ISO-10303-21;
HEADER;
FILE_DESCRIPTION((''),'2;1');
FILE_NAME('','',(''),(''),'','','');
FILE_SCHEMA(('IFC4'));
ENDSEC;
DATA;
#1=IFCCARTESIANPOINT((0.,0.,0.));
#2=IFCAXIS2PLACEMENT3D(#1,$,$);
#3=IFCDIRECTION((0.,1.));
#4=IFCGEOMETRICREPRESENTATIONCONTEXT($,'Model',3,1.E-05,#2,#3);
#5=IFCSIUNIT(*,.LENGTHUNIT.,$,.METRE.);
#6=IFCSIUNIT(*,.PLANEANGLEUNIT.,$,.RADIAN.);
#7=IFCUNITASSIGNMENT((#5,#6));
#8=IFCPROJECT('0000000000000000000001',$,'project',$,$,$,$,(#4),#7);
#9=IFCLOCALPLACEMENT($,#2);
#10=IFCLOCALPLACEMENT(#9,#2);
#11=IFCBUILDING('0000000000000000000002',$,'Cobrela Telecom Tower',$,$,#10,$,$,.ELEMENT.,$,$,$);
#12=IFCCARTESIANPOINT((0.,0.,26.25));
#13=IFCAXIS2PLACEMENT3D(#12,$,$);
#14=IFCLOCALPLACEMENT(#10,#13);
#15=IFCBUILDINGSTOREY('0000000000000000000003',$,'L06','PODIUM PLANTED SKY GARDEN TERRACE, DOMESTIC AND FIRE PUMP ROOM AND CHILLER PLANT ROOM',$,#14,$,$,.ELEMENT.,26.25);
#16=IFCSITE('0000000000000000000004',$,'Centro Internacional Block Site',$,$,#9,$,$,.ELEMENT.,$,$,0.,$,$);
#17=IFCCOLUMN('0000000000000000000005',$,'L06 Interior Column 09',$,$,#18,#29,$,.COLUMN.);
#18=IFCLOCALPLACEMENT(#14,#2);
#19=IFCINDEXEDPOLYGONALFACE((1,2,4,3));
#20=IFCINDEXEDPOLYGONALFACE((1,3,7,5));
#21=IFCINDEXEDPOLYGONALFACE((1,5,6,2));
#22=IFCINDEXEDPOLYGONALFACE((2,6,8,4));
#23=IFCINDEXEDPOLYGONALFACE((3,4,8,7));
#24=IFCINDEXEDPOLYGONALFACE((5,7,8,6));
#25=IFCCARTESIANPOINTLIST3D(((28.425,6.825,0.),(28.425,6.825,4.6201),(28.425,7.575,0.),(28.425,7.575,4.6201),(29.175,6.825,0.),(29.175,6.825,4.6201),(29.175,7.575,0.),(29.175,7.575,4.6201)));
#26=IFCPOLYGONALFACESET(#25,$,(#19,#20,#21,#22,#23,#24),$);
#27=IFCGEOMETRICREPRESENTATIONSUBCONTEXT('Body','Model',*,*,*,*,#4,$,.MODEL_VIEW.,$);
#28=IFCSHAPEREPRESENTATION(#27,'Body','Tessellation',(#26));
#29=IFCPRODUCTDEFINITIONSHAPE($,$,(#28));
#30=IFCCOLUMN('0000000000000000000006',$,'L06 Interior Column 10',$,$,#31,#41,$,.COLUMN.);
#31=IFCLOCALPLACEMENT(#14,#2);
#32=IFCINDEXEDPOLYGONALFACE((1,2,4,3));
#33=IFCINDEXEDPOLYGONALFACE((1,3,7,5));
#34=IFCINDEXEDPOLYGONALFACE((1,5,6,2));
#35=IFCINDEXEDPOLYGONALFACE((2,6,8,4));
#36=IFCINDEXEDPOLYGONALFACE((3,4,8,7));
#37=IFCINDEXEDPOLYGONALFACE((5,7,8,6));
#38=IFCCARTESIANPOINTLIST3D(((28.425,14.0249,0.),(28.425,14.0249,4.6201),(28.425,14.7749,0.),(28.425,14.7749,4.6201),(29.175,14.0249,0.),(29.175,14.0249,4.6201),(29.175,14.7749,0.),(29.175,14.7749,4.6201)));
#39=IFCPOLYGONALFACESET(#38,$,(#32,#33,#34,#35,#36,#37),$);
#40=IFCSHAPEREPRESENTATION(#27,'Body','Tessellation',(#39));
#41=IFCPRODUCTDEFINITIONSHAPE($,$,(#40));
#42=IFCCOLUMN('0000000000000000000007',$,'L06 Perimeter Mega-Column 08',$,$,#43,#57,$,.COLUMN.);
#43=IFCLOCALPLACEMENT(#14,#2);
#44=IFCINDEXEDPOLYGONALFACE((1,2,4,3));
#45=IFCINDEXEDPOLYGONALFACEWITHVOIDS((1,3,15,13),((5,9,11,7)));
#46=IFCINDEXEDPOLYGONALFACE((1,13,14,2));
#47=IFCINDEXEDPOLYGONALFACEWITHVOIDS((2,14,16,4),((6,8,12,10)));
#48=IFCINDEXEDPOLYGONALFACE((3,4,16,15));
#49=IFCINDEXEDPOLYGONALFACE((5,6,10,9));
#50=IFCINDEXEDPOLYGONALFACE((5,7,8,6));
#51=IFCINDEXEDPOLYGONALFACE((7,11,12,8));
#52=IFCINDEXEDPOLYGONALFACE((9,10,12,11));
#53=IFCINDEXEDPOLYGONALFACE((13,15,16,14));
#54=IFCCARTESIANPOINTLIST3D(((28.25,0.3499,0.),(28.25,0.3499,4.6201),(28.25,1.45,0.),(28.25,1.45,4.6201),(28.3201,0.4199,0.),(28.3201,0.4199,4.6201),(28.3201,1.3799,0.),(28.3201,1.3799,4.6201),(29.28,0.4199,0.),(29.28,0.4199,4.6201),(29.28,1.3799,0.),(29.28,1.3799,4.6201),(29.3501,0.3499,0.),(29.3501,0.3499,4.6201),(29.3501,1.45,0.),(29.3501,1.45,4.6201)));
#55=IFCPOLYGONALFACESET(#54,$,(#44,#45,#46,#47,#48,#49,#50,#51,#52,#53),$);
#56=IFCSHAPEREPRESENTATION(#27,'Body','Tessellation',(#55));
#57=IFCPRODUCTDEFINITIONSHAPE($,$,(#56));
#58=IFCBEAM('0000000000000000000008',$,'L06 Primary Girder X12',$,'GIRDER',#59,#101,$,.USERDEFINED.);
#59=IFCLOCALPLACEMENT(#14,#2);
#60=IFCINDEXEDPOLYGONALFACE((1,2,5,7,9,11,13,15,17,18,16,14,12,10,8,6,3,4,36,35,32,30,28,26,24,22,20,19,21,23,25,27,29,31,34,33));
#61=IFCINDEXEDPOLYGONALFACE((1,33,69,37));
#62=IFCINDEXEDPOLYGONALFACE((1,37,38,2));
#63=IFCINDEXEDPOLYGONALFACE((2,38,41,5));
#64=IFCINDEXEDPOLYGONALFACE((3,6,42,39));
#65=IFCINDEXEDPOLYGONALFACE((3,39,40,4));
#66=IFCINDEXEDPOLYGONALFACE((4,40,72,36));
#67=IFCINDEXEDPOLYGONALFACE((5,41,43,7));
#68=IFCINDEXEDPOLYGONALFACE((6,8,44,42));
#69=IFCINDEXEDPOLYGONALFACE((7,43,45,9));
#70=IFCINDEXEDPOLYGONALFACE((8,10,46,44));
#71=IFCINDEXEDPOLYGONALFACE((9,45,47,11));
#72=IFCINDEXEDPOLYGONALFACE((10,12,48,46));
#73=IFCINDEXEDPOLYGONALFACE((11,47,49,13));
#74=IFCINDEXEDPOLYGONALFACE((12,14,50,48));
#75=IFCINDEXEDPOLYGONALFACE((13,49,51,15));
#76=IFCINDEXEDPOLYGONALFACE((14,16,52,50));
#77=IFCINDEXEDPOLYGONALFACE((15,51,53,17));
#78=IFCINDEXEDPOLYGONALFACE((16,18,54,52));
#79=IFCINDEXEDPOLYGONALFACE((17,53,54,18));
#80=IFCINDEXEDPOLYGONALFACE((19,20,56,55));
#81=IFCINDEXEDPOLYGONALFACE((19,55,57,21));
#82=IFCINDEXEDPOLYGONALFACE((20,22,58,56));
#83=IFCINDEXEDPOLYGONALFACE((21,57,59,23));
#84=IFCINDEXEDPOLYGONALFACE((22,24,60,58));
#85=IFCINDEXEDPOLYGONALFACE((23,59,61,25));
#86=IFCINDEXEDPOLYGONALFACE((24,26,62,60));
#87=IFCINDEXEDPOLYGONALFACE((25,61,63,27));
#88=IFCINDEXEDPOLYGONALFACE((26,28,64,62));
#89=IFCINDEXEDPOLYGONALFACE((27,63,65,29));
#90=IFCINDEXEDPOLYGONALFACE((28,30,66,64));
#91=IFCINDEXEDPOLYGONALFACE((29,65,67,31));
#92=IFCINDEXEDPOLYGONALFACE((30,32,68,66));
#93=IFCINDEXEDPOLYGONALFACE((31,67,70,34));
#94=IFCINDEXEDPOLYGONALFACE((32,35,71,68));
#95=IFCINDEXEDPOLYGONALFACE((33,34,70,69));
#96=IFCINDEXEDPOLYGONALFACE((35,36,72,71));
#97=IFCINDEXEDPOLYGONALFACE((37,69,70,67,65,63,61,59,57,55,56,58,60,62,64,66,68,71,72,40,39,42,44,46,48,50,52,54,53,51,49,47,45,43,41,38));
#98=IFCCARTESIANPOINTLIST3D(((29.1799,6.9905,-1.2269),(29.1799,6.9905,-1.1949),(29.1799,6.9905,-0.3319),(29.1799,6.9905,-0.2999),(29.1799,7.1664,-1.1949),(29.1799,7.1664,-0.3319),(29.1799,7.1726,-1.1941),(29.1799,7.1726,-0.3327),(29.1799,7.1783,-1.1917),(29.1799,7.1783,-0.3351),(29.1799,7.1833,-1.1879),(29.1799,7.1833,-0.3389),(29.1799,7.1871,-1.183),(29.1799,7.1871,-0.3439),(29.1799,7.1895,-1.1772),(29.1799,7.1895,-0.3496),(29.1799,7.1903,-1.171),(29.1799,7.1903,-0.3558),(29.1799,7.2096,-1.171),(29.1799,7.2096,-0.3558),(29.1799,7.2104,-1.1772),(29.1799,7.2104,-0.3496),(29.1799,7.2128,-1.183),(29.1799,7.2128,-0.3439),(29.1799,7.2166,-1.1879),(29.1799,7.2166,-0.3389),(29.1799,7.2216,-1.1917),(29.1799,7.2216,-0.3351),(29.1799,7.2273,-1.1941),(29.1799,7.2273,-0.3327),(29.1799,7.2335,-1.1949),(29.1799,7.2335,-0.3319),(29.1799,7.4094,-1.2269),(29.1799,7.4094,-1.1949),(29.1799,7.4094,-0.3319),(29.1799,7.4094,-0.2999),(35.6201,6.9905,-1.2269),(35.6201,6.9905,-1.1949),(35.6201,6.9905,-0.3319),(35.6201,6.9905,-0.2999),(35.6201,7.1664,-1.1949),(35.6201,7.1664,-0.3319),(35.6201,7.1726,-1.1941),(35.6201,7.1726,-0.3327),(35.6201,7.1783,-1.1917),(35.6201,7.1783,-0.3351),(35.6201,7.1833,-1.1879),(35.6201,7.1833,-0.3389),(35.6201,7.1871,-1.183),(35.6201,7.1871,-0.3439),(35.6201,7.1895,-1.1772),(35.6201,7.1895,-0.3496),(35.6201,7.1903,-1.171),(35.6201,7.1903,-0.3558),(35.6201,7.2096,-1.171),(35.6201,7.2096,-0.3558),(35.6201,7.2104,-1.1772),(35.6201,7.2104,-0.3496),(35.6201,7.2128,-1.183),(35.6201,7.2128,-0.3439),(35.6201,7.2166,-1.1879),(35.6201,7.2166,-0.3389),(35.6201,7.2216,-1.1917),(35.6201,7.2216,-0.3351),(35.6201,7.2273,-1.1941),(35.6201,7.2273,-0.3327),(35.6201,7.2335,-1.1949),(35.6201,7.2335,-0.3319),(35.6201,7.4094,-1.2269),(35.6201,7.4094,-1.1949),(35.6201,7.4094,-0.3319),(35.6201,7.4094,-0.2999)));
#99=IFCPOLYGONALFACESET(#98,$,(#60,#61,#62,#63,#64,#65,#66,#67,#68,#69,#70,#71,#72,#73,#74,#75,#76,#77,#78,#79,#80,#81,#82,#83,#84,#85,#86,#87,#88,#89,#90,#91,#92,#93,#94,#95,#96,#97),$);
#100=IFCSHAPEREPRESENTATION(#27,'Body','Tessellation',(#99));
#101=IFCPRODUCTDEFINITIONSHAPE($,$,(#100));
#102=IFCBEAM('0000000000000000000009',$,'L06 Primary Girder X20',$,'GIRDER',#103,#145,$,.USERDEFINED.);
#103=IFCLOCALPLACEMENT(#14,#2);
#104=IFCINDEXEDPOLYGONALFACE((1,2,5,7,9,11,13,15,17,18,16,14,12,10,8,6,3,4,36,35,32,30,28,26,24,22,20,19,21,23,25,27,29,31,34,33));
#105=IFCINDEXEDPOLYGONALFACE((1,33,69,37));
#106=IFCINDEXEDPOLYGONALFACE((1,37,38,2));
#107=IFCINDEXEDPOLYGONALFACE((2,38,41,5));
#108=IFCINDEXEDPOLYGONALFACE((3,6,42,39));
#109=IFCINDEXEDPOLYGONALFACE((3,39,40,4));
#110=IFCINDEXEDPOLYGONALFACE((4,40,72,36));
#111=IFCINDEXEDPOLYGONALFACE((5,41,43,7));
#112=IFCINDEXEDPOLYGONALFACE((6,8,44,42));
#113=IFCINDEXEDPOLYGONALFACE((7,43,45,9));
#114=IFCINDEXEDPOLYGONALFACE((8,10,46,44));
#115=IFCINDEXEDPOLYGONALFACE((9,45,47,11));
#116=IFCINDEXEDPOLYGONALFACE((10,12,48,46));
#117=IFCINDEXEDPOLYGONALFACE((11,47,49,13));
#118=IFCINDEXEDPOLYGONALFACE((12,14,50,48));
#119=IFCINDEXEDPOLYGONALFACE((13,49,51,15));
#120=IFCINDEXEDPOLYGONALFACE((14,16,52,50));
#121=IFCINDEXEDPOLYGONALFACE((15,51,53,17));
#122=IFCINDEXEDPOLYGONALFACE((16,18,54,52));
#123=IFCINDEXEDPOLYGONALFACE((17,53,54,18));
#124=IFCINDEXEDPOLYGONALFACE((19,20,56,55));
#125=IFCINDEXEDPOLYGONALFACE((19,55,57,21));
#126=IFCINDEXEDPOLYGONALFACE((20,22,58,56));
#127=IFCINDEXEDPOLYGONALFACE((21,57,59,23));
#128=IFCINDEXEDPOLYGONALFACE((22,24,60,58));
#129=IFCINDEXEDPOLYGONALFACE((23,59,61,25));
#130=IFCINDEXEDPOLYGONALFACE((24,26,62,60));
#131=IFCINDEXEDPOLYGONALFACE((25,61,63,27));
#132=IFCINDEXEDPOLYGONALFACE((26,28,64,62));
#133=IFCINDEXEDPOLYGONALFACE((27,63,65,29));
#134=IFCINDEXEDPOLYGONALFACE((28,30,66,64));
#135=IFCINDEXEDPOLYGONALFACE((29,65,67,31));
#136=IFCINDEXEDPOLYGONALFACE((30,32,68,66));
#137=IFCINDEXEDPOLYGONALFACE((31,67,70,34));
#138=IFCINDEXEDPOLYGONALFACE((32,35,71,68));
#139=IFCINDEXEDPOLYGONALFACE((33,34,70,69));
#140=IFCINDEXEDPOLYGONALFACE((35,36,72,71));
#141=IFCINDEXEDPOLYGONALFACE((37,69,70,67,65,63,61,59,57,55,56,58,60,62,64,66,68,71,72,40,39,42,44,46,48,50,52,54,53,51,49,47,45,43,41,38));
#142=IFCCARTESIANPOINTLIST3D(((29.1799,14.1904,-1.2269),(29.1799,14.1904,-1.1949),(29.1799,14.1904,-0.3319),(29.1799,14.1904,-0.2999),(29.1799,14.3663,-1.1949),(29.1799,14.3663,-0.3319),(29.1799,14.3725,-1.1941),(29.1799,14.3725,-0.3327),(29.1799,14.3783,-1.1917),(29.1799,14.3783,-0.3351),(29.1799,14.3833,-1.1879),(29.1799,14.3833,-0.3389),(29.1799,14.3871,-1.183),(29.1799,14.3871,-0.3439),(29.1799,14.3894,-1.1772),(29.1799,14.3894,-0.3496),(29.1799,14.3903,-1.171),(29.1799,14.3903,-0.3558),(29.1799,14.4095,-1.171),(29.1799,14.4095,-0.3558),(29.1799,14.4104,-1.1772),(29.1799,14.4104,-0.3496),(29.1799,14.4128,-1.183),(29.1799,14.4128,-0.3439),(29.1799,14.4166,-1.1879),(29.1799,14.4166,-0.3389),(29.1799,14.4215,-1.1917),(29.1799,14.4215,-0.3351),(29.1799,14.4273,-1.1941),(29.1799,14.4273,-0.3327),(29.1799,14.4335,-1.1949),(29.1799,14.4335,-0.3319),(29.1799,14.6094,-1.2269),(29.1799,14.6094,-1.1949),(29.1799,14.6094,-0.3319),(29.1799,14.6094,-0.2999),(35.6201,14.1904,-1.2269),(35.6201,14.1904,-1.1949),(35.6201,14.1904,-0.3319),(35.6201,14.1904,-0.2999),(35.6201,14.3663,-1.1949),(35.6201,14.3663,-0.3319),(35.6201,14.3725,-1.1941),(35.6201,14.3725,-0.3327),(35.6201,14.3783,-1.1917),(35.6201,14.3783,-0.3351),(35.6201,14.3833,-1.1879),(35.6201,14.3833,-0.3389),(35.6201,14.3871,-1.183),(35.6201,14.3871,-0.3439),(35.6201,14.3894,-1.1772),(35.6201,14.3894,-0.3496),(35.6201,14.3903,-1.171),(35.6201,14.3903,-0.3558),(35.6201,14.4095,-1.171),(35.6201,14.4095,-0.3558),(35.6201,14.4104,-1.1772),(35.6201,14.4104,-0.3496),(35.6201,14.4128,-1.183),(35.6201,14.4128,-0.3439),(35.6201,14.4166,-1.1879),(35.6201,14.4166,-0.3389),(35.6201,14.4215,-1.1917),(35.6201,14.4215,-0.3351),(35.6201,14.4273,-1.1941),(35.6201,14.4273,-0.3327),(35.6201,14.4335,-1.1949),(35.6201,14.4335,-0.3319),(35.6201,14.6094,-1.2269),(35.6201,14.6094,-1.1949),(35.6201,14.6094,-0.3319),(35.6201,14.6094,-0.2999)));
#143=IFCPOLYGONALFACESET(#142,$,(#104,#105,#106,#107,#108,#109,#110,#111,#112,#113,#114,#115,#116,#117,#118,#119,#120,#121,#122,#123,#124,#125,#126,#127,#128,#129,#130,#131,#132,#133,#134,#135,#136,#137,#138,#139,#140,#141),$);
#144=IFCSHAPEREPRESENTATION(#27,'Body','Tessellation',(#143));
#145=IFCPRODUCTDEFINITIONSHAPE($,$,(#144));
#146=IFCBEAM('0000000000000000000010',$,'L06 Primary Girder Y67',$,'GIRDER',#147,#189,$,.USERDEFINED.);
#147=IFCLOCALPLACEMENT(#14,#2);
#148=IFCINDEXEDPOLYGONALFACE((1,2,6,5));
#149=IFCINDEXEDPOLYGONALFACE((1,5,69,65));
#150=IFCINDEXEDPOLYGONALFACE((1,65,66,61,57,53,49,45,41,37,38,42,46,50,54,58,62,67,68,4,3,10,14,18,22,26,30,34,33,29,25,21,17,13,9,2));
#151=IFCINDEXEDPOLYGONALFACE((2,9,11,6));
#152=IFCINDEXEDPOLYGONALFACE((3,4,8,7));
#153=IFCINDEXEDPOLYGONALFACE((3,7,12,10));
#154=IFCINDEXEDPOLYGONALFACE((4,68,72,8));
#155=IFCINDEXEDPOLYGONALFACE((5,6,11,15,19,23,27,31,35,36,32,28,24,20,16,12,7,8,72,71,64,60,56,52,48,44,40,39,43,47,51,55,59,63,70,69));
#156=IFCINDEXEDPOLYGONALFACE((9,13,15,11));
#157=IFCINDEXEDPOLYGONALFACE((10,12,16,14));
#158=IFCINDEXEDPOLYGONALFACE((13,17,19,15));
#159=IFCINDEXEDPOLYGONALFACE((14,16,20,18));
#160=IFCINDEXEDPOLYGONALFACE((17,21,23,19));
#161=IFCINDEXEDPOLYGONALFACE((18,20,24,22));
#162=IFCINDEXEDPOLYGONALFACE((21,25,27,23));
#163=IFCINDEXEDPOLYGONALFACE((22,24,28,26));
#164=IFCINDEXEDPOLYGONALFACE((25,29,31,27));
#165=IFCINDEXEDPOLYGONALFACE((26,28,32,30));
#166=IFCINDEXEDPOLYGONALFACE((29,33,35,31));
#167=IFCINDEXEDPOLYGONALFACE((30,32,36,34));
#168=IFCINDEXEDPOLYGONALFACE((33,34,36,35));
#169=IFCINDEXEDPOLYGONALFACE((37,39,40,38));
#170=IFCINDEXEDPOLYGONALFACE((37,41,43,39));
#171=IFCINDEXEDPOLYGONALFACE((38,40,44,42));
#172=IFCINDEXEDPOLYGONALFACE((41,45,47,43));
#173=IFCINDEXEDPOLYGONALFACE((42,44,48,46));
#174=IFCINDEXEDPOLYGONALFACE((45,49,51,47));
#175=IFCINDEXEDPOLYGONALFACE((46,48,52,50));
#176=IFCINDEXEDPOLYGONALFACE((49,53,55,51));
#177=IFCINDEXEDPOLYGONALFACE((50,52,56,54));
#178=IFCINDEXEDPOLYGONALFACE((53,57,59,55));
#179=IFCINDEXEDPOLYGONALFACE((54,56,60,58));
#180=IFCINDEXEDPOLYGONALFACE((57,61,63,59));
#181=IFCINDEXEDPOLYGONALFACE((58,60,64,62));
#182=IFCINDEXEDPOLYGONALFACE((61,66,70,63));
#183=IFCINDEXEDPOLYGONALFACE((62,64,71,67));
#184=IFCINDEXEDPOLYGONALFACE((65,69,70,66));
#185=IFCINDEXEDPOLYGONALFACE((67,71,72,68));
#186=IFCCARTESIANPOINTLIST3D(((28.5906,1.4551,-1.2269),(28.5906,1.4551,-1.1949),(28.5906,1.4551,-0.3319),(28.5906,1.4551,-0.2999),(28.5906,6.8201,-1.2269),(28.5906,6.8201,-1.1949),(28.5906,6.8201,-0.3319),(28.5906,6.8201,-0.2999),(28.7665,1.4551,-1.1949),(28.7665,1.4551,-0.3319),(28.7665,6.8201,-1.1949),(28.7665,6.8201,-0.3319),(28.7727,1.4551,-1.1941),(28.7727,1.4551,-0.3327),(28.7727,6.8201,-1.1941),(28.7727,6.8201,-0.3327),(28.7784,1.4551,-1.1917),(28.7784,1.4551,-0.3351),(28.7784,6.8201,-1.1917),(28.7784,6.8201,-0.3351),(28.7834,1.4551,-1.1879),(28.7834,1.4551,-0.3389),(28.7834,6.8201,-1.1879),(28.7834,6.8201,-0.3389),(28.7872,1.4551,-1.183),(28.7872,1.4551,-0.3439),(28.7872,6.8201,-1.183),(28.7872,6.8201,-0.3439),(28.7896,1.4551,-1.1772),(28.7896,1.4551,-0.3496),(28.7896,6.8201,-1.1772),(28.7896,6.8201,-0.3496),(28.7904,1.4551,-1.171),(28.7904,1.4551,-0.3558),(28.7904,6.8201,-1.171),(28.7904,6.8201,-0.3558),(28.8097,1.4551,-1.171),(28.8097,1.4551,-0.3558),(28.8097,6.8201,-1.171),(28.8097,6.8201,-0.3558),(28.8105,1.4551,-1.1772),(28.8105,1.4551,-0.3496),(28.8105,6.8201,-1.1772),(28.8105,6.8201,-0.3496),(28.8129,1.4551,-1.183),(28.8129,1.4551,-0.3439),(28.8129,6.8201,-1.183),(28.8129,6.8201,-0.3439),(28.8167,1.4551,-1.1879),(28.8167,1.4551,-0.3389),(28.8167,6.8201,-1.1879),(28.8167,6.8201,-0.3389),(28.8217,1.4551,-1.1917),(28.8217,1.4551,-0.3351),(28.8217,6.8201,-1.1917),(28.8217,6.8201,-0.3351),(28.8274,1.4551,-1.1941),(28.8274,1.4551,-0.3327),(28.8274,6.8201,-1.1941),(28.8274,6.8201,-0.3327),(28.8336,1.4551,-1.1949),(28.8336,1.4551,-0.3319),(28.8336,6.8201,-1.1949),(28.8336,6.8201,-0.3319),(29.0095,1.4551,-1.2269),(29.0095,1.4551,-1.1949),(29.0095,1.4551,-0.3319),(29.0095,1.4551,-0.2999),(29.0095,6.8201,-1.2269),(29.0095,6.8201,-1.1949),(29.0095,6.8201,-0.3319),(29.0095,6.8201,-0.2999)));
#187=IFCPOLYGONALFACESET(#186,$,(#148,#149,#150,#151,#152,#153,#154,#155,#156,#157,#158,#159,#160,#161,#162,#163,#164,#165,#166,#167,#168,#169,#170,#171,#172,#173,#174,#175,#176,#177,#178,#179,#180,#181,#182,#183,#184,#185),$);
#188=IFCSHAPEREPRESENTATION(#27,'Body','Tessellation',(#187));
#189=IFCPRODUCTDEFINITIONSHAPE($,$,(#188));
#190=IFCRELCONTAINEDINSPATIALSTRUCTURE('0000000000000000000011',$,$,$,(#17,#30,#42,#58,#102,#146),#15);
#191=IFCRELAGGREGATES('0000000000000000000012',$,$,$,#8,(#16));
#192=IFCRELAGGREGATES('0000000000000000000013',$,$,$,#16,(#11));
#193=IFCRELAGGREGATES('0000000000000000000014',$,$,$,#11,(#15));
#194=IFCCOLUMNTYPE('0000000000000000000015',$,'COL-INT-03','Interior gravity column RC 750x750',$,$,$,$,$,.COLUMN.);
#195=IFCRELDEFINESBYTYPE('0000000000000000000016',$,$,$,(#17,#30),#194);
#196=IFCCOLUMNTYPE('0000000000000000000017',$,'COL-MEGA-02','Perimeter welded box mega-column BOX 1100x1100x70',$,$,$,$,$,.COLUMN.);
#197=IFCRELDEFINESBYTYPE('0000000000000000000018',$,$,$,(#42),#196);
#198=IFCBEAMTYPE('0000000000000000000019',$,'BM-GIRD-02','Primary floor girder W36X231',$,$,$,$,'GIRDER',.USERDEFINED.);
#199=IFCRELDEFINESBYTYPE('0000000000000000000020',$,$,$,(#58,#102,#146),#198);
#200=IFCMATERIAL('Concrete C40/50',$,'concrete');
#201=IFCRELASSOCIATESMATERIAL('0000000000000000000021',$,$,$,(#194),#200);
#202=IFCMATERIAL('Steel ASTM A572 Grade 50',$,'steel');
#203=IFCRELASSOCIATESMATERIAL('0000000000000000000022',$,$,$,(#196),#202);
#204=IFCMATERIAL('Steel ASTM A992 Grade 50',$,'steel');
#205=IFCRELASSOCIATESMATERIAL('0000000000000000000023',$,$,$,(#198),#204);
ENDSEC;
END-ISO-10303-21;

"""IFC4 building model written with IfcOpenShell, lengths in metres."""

from ifc_helpers import new_model, si_unit, direction, frame, origin, origin_2d, place, context, subcontext, project, spatial, rectangle, hollow_rectangle, i_section, extrude, material, material_profile, profile_set, type_object, element, save


model = new_model("IFC4")

# Units and contexts
model_context = context("Model", 3, precision=1e-05, world=origin(), true_north=direction((0.0, 1.0)))
body_context = subcontext(model_context, "Body", "Model", "MODEL_VIEW")
ifc_project = project(units=[si_unit("LENGTHUNIT", "METRE"), si_unit("PLANEANGLEUNIT", "RADIAN")], contexts=[model_context])

# Site, building, storey
site_placement = place(None, origin())
site = spatial("IfcSite", under=ifc_project, at=site_placement, Name="Centro Internacional Block Site", CompositionType="ELEMENT", RefElevation=0.0)
building_placement = place(site_placement, origin())
building = spatial("IfcBuilding", under=site, at=building_placement, Name="Cobrela Telecom Tower", CompositionType="ELEMENT")
storey_placement = place(building_placement, frame((0.0, 0.0, 26.25)))
storey = spatial("IfcBuildingStorey", under=building, at=storey_placement, Name="L06", Description="PODIUM PLANTED SKY GARDEN TERRACE, DOMESTIC AND FIRE PUMP ROOM AND CHILLER PLANT ROOM", CompositionType="ELEMENT", Elevation=26.25)

# Columns
ifc_material_1 = material(Name="Concrete C40/50", Category="concrete")
ifc_material_profile_1 = material_profile(ifc_material_1, rectangle(XDim=0.75, YDim=0.75, at=origin_2d()), Name="RC 750x750")
ifc_profile_set_1 = profile_set([ifc_material_profile_1], Name="Concrete C40/50")
column_type_1 = type_object("IfcColumnType", Name="COL-INT-03", Description="Interior gravity column RC 750x750", PredefinedType="COLUMN", material=ifc_profile_set_1)
for number, where, z_axis, x_axis, name in (
    (1, (28.8, 7.2, 0.0), (0.0, 0.0, 1.0), (1.0, 0.0, 0.0), "L06 Interior Column 09"),
    (2, (28.8, 14.3999, 0.0), (0.0, 0.0, 1.0), (1.0, 0.0, 0.0), "L06 Interior Column 10"),
):
    element("IfcColumn", number, at=place(storey_placement, frame(where, z_axis=z_axis, x_axis=x_axis)), inside=storey, type_object=column_type_1, Name=name, PredefinedType="COLUMN", context=body_context, shape_type="SweptSolid", body=[
        extrude(rectangle(XDim=0.75, YDim=0.75, at=origin_2d()), origin(), (0.0, 0.0, 1.0), 4.6201),
    ])
ifc_material_2 = material(Name="Steel ASTM A572 Grade 50", Category="steel")
ifc_material_profile_2 = material_profile(ifc_material_2, hollow_rectangle(XDim=1.1001, YDim=1.1001, WallThickness=0.0701, at=origin_2d()), Name="BOX 1100x1100x70")
ifc_profile_set_2 = profile_set([ifc_material_profile_2], Name="Steel ASTM A572 Grade 50")
column_type_2 = type_object("IfcColumnType", Name="COL-MEGA-02", Description="Perimeter welded box mega-column BOX 1100x1100x70", PredefinedType="COLUMN", material=ifc_profile_set_2)
column_placement = place(storey_placement, frame((28.8, 0.8999, 0.0), z_axis=(0.0, 0.0, 1.0), x_axis=(1.0, 0.0, 0.0)))
element("IfcColumn", 3, at=column_placement, inside=storey, type_object=column_type_2, Name="L06 Perimeter Mega-Column 08", PredefinedType="COLUMN", context=body_context, shape_type="SweptSolid", body=[
    extrude(hollow_rectangle(XDim=1.1001, YDim=1.1001, WallThickness=0.0701, at=origin_2d()), origin(), (0.0, 0.0, 1.0), 4.6201),
])

# Beams
ifc_material_3 = material(Name="Steel ASTM A992 Grade 50", Category="steel")
ifc_material_profile_3 = material_profile(ifc_material_3, i_section(OverallWidth=0.4189, OverallDepth=0.927, WebThickness=0.0193, FlangeThickness=0.032, FilletRadius=0.0239, at=origin_2d()), Name="W36X231")
ifc_profile_set_3 = profile_set([ifc_material_profile_3], Name="Steel ASTM A992 Grade 50")
beam_type_1 = type_object("IfcBeamType", Name="BM-GIRD-02", Description="Primary floor girder W36X231", ElementType="GIRDER", PredefinedType="USERDEFINED", material=ifc_profile_set_3)
for number, where, z_axis, x_axis, name in (
    (4, (29.1799, 7.2, -0.7634), (1.0, 0.0, 0.0), (0.0, 1.0, 0.0), "L06 Primary Girder X12"),
    (5, (29.1799, 14.3999, -0.7634), (1.0, 0.0, 0.0), (0.0, 1.0, 0.0), "L06 Primary Girder X20"),
):
    element("IfcBeam", number, at=place(storey_placement, frame(where, z_axis=z_axis, x_axis=x_axis)), inside=storey, type_object=beam_type_1, Name=name, ObjectType="GIRDER", PredefinedType="USERDEFINED", context=body_context, shape_type="SweptSolid", body=[
        extrude(i_section(OverallWidth=0.4189, OverallDepth=0.927, WebThickness=0.0193, FlangeThickness=0.032, FilletRadius=0.0239, at=origin_2d()), origin(), (0.0, 0.0, 1.0), 6.4402),
    ])
beam_1_placement = place(storey_placement, frame((28.8, 1.4551, -0.7634), z_axis=(0.0, 1.0, 0.0), x_axis=(-1.0, 0.0, 0.0)))
element("IfcBeam", 6, at=beam_1_placement, inside=storey, type_object=beam_type_1, Name="L06 Primary Girder Y67", ObjectType="GIRDER", PredefinedType="USERDEFINED", context=body_context, shape_type="SweptSolid", body=[
    extrude(i_section(OverallWidth=0.4189, OverallDepth=0.927, WebThickness=0.0193, FlangeThickness=0.032, FilletRadius=0.0239, at=origin_2d()), origin(), (0.0, 0.0, 1.0), 5.365),
])

save(model, "model.ifc")
